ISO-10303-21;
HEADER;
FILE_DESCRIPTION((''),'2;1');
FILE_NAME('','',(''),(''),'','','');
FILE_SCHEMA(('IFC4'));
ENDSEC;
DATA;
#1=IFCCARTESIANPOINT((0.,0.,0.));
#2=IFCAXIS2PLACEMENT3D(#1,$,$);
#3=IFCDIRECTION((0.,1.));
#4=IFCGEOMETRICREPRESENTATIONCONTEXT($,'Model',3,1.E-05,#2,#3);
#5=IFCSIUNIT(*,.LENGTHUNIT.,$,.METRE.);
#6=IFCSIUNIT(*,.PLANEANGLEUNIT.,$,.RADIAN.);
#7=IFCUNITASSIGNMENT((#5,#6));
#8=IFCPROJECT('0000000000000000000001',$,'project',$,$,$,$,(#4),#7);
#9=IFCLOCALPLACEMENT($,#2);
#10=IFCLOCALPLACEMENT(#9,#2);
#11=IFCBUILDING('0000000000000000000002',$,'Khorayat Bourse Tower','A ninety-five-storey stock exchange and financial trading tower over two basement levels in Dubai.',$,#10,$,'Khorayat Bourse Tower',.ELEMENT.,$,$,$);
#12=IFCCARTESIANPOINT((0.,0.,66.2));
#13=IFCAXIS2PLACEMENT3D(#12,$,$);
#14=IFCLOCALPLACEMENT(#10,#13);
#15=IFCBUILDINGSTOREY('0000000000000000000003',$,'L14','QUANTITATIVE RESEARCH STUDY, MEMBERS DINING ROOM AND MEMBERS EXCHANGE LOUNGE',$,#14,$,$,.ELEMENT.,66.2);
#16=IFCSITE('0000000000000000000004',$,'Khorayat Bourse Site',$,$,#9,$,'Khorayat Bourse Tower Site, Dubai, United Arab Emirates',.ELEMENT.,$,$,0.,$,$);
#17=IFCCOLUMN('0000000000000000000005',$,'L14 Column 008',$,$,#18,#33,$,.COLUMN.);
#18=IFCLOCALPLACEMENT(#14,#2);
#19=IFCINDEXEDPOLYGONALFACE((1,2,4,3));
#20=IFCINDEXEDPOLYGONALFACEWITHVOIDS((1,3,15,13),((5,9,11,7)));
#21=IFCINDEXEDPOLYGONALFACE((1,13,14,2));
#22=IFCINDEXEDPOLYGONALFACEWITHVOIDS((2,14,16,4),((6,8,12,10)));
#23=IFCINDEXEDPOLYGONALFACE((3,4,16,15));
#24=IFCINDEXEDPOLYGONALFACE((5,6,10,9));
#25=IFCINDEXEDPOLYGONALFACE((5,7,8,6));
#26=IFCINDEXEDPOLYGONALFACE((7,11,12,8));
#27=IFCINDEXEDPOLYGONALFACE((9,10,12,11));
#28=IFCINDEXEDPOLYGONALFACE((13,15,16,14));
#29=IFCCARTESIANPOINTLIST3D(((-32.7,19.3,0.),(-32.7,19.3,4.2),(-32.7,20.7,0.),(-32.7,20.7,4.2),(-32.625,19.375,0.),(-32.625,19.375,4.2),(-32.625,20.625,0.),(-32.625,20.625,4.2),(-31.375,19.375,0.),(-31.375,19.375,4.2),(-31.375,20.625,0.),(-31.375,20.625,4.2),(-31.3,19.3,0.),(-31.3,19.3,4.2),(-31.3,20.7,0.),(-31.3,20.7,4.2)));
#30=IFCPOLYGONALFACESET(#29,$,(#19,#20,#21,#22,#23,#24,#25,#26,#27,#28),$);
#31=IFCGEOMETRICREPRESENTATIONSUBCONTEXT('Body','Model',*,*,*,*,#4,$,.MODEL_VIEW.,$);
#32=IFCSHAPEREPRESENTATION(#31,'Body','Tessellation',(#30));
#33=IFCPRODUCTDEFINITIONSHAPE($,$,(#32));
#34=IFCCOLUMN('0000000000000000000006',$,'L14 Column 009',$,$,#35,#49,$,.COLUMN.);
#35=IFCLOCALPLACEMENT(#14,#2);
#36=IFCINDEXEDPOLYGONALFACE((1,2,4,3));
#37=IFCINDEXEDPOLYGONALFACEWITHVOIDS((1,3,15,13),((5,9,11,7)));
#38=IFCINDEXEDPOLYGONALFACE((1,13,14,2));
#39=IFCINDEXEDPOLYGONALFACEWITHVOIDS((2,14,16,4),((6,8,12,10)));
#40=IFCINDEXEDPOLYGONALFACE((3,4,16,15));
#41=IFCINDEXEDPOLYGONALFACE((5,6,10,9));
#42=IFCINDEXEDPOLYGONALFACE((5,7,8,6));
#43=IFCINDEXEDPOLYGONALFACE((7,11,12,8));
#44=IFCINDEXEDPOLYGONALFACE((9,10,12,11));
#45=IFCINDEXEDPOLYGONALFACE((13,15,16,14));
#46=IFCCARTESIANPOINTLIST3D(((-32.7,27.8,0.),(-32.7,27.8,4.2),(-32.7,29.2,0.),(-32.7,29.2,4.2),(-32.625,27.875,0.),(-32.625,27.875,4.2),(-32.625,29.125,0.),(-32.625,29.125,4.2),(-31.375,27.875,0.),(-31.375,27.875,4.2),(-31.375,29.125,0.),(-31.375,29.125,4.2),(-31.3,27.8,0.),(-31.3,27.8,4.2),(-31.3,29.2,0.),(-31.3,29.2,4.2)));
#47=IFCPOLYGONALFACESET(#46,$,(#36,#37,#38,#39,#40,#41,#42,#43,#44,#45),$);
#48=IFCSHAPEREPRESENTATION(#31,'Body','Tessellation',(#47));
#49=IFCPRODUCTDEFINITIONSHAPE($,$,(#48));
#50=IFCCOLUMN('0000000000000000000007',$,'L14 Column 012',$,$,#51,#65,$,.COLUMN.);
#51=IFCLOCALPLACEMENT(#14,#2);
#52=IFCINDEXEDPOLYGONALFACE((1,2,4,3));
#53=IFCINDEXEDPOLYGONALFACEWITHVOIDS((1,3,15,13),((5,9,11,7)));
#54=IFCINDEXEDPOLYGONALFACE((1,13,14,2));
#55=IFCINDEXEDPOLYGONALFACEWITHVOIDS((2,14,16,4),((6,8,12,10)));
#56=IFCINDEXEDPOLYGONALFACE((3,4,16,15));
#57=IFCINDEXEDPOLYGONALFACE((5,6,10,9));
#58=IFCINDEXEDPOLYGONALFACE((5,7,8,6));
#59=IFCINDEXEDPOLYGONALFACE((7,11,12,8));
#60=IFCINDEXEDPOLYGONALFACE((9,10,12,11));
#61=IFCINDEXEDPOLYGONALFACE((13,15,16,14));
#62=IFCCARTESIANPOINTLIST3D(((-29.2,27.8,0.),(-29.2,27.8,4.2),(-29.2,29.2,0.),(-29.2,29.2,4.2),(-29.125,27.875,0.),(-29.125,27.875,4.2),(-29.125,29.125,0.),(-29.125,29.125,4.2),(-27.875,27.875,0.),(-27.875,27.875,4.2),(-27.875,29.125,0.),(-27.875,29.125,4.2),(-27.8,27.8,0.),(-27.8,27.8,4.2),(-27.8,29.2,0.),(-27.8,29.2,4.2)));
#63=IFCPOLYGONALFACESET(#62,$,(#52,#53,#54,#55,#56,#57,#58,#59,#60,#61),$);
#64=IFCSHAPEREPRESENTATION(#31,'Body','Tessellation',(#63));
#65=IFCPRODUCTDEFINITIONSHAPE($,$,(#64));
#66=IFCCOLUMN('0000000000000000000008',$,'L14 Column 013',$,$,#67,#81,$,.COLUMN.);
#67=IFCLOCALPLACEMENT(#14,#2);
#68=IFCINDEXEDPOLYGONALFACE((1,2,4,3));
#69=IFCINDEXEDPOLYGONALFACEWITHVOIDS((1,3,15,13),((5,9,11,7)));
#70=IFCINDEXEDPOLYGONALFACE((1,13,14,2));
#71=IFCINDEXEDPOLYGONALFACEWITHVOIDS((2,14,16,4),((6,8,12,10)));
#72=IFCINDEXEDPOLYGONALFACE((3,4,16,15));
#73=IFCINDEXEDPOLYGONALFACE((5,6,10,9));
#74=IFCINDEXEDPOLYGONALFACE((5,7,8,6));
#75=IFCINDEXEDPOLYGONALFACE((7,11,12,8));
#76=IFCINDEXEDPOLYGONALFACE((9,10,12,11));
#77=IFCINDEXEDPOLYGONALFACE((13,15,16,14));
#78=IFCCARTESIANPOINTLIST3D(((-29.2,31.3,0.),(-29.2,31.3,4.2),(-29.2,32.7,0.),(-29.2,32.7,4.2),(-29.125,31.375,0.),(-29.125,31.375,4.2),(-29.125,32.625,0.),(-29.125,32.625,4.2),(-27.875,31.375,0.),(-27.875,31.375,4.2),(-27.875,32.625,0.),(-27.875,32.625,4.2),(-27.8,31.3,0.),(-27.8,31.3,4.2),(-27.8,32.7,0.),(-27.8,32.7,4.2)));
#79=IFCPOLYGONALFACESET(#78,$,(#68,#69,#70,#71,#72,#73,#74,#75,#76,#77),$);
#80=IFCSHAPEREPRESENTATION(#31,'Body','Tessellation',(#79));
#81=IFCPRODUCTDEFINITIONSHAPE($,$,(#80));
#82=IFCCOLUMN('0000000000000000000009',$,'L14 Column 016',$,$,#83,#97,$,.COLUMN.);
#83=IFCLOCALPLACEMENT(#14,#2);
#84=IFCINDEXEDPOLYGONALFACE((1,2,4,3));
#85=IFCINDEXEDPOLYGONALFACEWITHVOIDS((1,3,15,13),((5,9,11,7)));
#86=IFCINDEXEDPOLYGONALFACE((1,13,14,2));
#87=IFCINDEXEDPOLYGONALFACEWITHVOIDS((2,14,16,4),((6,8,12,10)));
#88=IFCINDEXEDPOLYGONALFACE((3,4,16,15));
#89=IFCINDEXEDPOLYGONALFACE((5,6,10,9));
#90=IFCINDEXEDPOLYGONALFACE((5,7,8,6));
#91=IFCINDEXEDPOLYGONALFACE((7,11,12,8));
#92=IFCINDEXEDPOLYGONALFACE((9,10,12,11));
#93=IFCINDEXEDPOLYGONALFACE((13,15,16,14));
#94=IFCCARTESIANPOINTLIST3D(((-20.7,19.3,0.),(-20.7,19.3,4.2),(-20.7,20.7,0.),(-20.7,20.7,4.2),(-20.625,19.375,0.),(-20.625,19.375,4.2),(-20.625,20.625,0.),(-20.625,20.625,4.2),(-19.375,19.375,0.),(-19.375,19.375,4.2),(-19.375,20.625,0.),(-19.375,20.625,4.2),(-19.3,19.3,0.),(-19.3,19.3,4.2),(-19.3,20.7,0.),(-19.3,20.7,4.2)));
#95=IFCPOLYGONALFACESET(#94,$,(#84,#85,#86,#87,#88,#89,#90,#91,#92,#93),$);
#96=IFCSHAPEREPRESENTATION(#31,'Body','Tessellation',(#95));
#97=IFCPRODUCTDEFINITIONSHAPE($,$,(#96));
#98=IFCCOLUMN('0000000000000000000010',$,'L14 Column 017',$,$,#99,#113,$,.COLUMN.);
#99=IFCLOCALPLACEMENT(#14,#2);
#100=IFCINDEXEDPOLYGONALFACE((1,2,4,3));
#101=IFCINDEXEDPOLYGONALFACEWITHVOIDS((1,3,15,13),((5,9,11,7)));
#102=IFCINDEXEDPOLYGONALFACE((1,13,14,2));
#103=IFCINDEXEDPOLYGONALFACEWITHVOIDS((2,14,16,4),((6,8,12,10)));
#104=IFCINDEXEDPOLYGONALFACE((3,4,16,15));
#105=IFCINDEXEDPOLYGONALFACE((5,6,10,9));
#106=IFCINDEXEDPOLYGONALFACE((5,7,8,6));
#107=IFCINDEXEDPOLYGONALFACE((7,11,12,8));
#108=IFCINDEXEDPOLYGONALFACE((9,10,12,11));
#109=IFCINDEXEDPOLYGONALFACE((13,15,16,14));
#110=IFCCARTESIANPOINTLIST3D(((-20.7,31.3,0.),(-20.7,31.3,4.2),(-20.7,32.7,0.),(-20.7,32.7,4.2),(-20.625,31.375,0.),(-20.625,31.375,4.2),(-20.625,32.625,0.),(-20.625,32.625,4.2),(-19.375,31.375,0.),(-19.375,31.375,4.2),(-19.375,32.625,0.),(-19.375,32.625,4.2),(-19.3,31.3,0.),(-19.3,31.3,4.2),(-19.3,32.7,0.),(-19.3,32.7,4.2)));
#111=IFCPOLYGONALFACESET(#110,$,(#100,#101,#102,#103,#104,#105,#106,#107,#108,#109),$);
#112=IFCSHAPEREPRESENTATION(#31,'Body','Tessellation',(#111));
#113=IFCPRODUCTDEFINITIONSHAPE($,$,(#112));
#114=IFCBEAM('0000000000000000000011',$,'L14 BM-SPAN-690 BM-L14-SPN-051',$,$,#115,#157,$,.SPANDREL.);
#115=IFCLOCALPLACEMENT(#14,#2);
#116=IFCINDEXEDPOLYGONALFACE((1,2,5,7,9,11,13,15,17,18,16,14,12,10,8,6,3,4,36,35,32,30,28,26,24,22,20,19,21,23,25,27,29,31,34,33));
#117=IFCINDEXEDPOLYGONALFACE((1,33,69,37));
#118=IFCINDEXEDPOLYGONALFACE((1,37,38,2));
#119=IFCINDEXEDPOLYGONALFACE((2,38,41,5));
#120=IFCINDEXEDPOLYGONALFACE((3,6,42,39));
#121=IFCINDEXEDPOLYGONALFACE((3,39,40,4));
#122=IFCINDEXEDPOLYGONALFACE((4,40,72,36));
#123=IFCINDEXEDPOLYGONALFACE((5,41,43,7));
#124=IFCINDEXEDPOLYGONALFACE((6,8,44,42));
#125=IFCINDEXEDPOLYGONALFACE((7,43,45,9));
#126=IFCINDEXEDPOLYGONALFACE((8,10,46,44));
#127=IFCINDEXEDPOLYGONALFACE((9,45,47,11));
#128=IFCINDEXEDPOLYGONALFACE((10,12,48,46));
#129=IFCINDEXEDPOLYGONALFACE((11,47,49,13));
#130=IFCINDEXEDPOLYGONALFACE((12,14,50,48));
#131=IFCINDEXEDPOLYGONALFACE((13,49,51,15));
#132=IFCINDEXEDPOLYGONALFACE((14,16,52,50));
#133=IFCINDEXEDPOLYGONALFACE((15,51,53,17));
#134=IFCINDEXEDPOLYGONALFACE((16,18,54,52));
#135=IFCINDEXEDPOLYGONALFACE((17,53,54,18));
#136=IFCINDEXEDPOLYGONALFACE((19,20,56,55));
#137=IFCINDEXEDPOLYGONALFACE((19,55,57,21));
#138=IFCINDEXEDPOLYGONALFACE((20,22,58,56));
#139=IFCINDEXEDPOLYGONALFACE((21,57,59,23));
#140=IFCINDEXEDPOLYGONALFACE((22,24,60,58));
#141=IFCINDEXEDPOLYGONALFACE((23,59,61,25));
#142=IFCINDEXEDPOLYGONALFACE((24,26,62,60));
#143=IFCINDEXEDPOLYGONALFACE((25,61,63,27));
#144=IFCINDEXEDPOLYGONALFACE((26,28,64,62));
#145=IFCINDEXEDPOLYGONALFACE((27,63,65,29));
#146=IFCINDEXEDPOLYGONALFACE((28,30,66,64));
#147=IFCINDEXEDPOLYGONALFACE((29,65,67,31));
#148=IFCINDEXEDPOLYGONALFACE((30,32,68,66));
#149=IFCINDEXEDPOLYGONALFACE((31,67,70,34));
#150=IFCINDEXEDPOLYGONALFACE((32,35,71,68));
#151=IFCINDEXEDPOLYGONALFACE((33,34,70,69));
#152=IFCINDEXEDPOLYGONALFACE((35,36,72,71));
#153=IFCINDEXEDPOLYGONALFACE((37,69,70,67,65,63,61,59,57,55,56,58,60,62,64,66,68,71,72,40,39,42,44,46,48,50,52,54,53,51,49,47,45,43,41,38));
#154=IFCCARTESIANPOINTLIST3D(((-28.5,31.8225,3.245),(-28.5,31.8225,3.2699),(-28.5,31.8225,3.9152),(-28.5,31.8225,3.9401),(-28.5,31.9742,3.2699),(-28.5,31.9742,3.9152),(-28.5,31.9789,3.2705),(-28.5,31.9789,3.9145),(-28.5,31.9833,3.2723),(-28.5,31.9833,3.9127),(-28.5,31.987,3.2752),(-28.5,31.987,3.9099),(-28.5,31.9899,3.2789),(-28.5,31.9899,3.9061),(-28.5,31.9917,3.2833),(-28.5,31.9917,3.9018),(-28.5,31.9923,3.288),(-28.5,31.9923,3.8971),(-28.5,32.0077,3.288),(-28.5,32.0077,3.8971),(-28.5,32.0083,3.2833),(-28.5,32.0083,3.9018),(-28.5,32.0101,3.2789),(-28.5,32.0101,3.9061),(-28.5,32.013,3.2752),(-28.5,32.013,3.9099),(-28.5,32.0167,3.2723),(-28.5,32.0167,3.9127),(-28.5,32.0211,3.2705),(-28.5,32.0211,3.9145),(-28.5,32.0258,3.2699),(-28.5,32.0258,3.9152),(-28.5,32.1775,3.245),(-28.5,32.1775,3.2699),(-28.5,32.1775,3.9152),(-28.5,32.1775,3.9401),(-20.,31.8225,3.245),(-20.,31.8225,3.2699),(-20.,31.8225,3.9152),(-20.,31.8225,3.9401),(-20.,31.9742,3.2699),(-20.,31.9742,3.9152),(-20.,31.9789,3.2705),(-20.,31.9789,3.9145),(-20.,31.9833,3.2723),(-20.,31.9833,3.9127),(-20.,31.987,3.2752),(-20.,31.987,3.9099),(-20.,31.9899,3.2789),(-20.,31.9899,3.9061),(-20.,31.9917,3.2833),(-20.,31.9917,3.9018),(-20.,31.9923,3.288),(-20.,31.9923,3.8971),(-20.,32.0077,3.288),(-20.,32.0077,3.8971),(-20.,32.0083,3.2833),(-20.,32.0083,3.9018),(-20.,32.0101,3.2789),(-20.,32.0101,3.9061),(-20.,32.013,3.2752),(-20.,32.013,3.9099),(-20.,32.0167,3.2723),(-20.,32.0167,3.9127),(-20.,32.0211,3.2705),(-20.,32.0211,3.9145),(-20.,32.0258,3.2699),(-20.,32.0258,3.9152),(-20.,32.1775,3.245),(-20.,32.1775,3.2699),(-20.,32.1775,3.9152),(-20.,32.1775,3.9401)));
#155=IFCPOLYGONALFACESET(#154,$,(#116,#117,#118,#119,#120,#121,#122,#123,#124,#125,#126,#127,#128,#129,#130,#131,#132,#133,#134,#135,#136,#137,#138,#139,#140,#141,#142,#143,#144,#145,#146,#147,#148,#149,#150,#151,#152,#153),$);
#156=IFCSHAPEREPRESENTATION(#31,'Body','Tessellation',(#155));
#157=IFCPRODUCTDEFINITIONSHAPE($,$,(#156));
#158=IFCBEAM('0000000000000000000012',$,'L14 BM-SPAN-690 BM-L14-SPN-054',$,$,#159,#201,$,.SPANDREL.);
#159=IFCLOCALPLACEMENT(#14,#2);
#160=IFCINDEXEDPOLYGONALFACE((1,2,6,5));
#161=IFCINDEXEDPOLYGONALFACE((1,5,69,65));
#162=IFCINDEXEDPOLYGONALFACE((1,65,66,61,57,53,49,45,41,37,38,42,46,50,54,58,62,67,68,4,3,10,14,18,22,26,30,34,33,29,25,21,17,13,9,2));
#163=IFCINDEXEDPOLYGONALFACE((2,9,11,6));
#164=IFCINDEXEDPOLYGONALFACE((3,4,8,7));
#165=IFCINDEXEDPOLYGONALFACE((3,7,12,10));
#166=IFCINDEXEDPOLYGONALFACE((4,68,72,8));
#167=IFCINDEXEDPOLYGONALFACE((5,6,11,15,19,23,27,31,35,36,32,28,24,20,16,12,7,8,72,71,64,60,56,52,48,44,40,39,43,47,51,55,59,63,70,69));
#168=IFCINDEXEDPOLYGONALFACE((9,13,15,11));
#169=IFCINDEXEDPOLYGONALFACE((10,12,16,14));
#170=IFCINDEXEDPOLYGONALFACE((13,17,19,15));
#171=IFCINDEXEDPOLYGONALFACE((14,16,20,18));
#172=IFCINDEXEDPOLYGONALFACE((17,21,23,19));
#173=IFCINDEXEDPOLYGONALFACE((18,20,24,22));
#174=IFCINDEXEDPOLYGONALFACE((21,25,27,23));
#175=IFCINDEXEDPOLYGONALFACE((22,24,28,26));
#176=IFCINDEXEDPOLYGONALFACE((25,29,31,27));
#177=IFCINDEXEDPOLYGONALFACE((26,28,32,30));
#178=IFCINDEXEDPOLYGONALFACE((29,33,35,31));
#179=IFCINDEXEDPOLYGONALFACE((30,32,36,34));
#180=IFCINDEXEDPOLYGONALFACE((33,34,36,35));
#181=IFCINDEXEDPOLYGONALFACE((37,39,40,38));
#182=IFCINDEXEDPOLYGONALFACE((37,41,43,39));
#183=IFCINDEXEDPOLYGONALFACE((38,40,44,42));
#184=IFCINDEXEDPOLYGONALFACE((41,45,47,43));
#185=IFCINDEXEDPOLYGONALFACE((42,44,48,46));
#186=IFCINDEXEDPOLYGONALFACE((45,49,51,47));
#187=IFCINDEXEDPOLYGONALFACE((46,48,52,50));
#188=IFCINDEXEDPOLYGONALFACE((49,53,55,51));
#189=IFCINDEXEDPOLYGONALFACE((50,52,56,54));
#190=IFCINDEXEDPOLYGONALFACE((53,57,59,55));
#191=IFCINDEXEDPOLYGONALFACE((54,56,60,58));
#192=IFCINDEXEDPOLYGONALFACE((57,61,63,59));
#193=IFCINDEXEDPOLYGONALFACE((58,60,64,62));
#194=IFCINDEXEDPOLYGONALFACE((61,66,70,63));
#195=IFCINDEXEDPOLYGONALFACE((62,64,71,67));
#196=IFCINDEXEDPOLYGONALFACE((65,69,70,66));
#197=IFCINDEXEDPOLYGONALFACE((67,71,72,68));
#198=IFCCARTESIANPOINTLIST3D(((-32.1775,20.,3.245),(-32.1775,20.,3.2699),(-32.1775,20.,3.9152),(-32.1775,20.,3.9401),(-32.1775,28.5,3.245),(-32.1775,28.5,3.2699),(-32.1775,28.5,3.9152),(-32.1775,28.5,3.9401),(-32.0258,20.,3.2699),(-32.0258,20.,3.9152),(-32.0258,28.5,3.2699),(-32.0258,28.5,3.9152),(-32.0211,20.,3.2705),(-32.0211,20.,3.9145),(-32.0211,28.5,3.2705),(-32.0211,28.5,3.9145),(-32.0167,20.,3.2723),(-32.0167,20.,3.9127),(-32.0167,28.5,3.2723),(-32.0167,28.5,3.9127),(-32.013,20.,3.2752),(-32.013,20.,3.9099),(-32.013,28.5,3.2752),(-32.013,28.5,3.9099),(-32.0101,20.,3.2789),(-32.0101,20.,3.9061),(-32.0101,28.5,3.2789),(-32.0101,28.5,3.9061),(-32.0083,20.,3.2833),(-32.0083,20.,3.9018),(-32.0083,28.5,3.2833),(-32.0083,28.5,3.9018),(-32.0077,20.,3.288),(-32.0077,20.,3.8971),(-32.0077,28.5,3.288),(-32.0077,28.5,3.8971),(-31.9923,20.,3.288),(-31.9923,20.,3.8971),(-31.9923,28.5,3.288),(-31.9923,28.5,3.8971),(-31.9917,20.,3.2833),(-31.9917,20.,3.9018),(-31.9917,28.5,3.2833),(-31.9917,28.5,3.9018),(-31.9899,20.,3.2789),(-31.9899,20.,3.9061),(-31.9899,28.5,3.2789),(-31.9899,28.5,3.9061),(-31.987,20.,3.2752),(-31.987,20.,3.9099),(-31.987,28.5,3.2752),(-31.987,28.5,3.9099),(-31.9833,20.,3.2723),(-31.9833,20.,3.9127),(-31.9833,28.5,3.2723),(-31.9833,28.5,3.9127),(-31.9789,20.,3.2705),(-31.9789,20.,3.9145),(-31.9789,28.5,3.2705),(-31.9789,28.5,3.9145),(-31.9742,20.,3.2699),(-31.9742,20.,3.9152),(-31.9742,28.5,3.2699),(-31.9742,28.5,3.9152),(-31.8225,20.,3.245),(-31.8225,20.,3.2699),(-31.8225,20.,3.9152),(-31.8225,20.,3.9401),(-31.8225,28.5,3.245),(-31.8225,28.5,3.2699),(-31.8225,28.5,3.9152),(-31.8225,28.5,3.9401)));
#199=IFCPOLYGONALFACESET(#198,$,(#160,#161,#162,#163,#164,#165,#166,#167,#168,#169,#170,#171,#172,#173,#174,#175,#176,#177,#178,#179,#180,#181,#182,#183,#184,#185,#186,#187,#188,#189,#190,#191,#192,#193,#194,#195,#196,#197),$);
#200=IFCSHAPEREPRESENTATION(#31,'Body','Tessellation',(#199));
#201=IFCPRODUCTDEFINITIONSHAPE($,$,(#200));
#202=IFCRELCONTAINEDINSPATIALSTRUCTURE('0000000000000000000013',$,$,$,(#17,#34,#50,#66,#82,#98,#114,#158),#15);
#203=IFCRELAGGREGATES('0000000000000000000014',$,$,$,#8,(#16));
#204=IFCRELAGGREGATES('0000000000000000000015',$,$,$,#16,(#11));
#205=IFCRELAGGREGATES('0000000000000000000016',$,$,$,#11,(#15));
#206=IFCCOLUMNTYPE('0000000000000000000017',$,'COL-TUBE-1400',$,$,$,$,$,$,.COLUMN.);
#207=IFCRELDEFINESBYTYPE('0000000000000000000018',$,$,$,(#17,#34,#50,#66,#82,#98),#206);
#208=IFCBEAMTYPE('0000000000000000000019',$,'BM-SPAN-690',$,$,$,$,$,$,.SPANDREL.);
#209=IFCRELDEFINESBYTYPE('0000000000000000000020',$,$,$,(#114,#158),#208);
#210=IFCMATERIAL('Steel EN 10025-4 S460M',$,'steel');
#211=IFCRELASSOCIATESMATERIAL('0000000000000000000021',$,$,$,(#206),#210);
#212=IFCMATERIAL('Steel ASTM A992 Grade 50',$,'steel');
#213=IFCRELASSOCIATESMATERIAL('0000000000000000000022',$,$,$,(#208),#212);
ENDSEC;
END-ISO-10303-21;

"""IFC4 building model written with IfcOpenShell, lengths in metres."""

from ifc_helpers import new_model, si_unit, direction, frame, origin, origin_2d, place, context, subcontext, project, spatial, hollow_rectangle, i_section, extrude, source, transform, mapped, material, material_profile, profile_set, type_object, element, save


model = new_model("IFC4")

# Units and contexts
model_context = context("Model", 3, precision=1e-05, world=origin(), true_north=direction((0.0, 1.0)))
body_context = subcontext(model_context, "Body", "Model", "MODEL_VIEW")
ifc_project = project(units=[si_unit("LENGTHUNIT", "METRE"), si_unit("PLANEANGLEUNIT", "RADIAN")], contexts=[model_context])

# Site, building, storey
site_placement = place(None, origin())
site = spatial("IfcSite", under=ifc_project, at=site_placement, Name="Khorayat Bourse Site", LongName="Khorayat Bourse Tower Site, Dubai, United Arab Emirates", CompositionType="ELEMENT", RefElevation=0.0)
building_placement = place(site_placement, origin())
building = spatial("IfcBuilding", under=site, at=building_placement, Name="Khorayat Bourse Tower", Description="A ninety-five-storey stock exchange and financial trading tower over two basement levels in Dubai.", LongName="Khorayat Bourse Tower", CompositionType="ELEMENT")
storey_placement = place(building_placement, frame((0.0, 0.0, 66.2)))
storey = spatial("IfcBuildingStorey", under=building, at=storey_placement, Name="L14", Description="QUANTITATIVE RESEARCH STUDY, MEMBERS DINING ROOM AND MEMBERS EXCHANGE LOUNGE", CompositionType="ELEMENT", Elevation=66.2)

# Columns
ifc_material_1 = material(Name="Steel EN 10025-4 S460M", Category="steel")
ifc_material_profile_1 = material_profile(ifc_material_1, hollow_rectangle(XDim=1.3999, YDim=1.3999, WallThickness=0.075, at=origin_2d()), Name="BOX 1400x1400x75")
ifc_profile_set_1 = profile_set([ifc_material_profile_1], Name="Steel EN 10025-4 S460M")
column_type = type_object("IfcColumnType", Name="COL-TUBE-1400", PredefinedType="COLUMN", material=ifc_profile_set_1)
shared_shape_1 = source(origin(), body_context, "Body", "SweptSolid", [
    extrude(hollow_rectangle(XDim=1.3999, YDim=1.3999, WallThickness=0.075, at=origin_2d()), origin(), (0.0, 0.0, 1.0), 4.2),
])
for number, where, z_axis, x_axis, name in (
    (1, (-32.0, 20.0, 0.0), (0.0, 0.0, 1.0), (1.0, 0.0, 0.0), "L14 Column 008"),
    (2, (-32.0, 28.5, 0.0), (0.0, 0.0, 1.0), (1.0, 0.0, 0.0), "L14 Column 009"),
    (3, (-28.5, 28.5, 0.0), (0.0, 0.0, 1.0), (1.0, 0.0, 0.0), "L14 Column 012"),
    (4, (-28.5, 32.0, 0.0), (0.0, 0.0, 1.0), (1.0, 0.0, 0.0), "L14 Column 013"),
    (5, (-20.0, 20.0, 0.0), (0.0, 0.0, 1.0), (1.0, 0.0, 0.0), "L14 Column 016"),
    (6, (-20.0, 32.0, 0.0), (0.0, 0.0, 1.0), (1.0, 0.0, 0.0), "L14 Column 017"),
):
    element("IfcColumn", number, at=place(storey_placement, frame(where, z_axis=z_axis, x_axis=x_axis)), inside=storey, type_object=column_type, Name=name, PredefinedType="COLUMN", context=body_context, shape_type="MappedRepresentation", body=[
        mapped(shared_shape_1, transform((0.0, 0.0, 0.0), scale=1.0)),
    ])

# Beams
ifc_material_2 = material(Name="Steel ASTM A992 Grade 50", Category="steel")
ifc_material_profile_2 = material_profile(ifc_material_2, i_section(OverallWidth=0.355, OverallDepth=0.6951, WebThickness=0.0154, FlangeThickness=0.0249, FilletRadius=0.0181, at=origin_2d()), Name="W690X217")
ifc_profile_set_2 = profile_set([ifc_material_profile_2], Name="Steel ASTM A992 Grade 50")
beam_type_1 = type_object("IfcBeamType", Name="BM-SPAN-690", PredefinedType="SPANDREL", material=ifc_profile_set_2)
shared_shape_2 = source(origin(), body_context, "Body", "SweptSolid", [
    extrude(i_section(OverallWidth=0.355, OverallDepth=0.6951, WebThickness=0.0154, FlangeThickness=0.0249, FilletRadius=0.0181, at=origin_2d()), origin(), (0.0, 0.0, 1.0), 8.5),
])
for number, where, z_axis, x_axis, name in (
    (7, (-28.5, 32.0, 3.5925), (1.0, 0.0, 0.0), (0.0, 1.0, 0.0), "L14 BM-SPAN-690 BM-L14-SPN-051"),
    (8, (-32.0, 20.0, 3.5925), (0.0, 1.0, 0.0), (-1.0, 0.0, 0.0), "L14 BM-SPAN-690 BM-L14-SPN-054"),
):
    element("IfcBeam", number, at=place(storey_placement, frame(where, z_axis=z_axis, x_axis=x_axis)), inside=storey, type_object=beam_type_1, Name=name, PredefinedType="SPANDREL", context=body_context, shape_type="MappedRepresentation", body=[
        mapped(shared_shape_2, transform((0.0, 0.0, 0.0), scale=1.0)),
    ])

save(model, "model.ifc")
